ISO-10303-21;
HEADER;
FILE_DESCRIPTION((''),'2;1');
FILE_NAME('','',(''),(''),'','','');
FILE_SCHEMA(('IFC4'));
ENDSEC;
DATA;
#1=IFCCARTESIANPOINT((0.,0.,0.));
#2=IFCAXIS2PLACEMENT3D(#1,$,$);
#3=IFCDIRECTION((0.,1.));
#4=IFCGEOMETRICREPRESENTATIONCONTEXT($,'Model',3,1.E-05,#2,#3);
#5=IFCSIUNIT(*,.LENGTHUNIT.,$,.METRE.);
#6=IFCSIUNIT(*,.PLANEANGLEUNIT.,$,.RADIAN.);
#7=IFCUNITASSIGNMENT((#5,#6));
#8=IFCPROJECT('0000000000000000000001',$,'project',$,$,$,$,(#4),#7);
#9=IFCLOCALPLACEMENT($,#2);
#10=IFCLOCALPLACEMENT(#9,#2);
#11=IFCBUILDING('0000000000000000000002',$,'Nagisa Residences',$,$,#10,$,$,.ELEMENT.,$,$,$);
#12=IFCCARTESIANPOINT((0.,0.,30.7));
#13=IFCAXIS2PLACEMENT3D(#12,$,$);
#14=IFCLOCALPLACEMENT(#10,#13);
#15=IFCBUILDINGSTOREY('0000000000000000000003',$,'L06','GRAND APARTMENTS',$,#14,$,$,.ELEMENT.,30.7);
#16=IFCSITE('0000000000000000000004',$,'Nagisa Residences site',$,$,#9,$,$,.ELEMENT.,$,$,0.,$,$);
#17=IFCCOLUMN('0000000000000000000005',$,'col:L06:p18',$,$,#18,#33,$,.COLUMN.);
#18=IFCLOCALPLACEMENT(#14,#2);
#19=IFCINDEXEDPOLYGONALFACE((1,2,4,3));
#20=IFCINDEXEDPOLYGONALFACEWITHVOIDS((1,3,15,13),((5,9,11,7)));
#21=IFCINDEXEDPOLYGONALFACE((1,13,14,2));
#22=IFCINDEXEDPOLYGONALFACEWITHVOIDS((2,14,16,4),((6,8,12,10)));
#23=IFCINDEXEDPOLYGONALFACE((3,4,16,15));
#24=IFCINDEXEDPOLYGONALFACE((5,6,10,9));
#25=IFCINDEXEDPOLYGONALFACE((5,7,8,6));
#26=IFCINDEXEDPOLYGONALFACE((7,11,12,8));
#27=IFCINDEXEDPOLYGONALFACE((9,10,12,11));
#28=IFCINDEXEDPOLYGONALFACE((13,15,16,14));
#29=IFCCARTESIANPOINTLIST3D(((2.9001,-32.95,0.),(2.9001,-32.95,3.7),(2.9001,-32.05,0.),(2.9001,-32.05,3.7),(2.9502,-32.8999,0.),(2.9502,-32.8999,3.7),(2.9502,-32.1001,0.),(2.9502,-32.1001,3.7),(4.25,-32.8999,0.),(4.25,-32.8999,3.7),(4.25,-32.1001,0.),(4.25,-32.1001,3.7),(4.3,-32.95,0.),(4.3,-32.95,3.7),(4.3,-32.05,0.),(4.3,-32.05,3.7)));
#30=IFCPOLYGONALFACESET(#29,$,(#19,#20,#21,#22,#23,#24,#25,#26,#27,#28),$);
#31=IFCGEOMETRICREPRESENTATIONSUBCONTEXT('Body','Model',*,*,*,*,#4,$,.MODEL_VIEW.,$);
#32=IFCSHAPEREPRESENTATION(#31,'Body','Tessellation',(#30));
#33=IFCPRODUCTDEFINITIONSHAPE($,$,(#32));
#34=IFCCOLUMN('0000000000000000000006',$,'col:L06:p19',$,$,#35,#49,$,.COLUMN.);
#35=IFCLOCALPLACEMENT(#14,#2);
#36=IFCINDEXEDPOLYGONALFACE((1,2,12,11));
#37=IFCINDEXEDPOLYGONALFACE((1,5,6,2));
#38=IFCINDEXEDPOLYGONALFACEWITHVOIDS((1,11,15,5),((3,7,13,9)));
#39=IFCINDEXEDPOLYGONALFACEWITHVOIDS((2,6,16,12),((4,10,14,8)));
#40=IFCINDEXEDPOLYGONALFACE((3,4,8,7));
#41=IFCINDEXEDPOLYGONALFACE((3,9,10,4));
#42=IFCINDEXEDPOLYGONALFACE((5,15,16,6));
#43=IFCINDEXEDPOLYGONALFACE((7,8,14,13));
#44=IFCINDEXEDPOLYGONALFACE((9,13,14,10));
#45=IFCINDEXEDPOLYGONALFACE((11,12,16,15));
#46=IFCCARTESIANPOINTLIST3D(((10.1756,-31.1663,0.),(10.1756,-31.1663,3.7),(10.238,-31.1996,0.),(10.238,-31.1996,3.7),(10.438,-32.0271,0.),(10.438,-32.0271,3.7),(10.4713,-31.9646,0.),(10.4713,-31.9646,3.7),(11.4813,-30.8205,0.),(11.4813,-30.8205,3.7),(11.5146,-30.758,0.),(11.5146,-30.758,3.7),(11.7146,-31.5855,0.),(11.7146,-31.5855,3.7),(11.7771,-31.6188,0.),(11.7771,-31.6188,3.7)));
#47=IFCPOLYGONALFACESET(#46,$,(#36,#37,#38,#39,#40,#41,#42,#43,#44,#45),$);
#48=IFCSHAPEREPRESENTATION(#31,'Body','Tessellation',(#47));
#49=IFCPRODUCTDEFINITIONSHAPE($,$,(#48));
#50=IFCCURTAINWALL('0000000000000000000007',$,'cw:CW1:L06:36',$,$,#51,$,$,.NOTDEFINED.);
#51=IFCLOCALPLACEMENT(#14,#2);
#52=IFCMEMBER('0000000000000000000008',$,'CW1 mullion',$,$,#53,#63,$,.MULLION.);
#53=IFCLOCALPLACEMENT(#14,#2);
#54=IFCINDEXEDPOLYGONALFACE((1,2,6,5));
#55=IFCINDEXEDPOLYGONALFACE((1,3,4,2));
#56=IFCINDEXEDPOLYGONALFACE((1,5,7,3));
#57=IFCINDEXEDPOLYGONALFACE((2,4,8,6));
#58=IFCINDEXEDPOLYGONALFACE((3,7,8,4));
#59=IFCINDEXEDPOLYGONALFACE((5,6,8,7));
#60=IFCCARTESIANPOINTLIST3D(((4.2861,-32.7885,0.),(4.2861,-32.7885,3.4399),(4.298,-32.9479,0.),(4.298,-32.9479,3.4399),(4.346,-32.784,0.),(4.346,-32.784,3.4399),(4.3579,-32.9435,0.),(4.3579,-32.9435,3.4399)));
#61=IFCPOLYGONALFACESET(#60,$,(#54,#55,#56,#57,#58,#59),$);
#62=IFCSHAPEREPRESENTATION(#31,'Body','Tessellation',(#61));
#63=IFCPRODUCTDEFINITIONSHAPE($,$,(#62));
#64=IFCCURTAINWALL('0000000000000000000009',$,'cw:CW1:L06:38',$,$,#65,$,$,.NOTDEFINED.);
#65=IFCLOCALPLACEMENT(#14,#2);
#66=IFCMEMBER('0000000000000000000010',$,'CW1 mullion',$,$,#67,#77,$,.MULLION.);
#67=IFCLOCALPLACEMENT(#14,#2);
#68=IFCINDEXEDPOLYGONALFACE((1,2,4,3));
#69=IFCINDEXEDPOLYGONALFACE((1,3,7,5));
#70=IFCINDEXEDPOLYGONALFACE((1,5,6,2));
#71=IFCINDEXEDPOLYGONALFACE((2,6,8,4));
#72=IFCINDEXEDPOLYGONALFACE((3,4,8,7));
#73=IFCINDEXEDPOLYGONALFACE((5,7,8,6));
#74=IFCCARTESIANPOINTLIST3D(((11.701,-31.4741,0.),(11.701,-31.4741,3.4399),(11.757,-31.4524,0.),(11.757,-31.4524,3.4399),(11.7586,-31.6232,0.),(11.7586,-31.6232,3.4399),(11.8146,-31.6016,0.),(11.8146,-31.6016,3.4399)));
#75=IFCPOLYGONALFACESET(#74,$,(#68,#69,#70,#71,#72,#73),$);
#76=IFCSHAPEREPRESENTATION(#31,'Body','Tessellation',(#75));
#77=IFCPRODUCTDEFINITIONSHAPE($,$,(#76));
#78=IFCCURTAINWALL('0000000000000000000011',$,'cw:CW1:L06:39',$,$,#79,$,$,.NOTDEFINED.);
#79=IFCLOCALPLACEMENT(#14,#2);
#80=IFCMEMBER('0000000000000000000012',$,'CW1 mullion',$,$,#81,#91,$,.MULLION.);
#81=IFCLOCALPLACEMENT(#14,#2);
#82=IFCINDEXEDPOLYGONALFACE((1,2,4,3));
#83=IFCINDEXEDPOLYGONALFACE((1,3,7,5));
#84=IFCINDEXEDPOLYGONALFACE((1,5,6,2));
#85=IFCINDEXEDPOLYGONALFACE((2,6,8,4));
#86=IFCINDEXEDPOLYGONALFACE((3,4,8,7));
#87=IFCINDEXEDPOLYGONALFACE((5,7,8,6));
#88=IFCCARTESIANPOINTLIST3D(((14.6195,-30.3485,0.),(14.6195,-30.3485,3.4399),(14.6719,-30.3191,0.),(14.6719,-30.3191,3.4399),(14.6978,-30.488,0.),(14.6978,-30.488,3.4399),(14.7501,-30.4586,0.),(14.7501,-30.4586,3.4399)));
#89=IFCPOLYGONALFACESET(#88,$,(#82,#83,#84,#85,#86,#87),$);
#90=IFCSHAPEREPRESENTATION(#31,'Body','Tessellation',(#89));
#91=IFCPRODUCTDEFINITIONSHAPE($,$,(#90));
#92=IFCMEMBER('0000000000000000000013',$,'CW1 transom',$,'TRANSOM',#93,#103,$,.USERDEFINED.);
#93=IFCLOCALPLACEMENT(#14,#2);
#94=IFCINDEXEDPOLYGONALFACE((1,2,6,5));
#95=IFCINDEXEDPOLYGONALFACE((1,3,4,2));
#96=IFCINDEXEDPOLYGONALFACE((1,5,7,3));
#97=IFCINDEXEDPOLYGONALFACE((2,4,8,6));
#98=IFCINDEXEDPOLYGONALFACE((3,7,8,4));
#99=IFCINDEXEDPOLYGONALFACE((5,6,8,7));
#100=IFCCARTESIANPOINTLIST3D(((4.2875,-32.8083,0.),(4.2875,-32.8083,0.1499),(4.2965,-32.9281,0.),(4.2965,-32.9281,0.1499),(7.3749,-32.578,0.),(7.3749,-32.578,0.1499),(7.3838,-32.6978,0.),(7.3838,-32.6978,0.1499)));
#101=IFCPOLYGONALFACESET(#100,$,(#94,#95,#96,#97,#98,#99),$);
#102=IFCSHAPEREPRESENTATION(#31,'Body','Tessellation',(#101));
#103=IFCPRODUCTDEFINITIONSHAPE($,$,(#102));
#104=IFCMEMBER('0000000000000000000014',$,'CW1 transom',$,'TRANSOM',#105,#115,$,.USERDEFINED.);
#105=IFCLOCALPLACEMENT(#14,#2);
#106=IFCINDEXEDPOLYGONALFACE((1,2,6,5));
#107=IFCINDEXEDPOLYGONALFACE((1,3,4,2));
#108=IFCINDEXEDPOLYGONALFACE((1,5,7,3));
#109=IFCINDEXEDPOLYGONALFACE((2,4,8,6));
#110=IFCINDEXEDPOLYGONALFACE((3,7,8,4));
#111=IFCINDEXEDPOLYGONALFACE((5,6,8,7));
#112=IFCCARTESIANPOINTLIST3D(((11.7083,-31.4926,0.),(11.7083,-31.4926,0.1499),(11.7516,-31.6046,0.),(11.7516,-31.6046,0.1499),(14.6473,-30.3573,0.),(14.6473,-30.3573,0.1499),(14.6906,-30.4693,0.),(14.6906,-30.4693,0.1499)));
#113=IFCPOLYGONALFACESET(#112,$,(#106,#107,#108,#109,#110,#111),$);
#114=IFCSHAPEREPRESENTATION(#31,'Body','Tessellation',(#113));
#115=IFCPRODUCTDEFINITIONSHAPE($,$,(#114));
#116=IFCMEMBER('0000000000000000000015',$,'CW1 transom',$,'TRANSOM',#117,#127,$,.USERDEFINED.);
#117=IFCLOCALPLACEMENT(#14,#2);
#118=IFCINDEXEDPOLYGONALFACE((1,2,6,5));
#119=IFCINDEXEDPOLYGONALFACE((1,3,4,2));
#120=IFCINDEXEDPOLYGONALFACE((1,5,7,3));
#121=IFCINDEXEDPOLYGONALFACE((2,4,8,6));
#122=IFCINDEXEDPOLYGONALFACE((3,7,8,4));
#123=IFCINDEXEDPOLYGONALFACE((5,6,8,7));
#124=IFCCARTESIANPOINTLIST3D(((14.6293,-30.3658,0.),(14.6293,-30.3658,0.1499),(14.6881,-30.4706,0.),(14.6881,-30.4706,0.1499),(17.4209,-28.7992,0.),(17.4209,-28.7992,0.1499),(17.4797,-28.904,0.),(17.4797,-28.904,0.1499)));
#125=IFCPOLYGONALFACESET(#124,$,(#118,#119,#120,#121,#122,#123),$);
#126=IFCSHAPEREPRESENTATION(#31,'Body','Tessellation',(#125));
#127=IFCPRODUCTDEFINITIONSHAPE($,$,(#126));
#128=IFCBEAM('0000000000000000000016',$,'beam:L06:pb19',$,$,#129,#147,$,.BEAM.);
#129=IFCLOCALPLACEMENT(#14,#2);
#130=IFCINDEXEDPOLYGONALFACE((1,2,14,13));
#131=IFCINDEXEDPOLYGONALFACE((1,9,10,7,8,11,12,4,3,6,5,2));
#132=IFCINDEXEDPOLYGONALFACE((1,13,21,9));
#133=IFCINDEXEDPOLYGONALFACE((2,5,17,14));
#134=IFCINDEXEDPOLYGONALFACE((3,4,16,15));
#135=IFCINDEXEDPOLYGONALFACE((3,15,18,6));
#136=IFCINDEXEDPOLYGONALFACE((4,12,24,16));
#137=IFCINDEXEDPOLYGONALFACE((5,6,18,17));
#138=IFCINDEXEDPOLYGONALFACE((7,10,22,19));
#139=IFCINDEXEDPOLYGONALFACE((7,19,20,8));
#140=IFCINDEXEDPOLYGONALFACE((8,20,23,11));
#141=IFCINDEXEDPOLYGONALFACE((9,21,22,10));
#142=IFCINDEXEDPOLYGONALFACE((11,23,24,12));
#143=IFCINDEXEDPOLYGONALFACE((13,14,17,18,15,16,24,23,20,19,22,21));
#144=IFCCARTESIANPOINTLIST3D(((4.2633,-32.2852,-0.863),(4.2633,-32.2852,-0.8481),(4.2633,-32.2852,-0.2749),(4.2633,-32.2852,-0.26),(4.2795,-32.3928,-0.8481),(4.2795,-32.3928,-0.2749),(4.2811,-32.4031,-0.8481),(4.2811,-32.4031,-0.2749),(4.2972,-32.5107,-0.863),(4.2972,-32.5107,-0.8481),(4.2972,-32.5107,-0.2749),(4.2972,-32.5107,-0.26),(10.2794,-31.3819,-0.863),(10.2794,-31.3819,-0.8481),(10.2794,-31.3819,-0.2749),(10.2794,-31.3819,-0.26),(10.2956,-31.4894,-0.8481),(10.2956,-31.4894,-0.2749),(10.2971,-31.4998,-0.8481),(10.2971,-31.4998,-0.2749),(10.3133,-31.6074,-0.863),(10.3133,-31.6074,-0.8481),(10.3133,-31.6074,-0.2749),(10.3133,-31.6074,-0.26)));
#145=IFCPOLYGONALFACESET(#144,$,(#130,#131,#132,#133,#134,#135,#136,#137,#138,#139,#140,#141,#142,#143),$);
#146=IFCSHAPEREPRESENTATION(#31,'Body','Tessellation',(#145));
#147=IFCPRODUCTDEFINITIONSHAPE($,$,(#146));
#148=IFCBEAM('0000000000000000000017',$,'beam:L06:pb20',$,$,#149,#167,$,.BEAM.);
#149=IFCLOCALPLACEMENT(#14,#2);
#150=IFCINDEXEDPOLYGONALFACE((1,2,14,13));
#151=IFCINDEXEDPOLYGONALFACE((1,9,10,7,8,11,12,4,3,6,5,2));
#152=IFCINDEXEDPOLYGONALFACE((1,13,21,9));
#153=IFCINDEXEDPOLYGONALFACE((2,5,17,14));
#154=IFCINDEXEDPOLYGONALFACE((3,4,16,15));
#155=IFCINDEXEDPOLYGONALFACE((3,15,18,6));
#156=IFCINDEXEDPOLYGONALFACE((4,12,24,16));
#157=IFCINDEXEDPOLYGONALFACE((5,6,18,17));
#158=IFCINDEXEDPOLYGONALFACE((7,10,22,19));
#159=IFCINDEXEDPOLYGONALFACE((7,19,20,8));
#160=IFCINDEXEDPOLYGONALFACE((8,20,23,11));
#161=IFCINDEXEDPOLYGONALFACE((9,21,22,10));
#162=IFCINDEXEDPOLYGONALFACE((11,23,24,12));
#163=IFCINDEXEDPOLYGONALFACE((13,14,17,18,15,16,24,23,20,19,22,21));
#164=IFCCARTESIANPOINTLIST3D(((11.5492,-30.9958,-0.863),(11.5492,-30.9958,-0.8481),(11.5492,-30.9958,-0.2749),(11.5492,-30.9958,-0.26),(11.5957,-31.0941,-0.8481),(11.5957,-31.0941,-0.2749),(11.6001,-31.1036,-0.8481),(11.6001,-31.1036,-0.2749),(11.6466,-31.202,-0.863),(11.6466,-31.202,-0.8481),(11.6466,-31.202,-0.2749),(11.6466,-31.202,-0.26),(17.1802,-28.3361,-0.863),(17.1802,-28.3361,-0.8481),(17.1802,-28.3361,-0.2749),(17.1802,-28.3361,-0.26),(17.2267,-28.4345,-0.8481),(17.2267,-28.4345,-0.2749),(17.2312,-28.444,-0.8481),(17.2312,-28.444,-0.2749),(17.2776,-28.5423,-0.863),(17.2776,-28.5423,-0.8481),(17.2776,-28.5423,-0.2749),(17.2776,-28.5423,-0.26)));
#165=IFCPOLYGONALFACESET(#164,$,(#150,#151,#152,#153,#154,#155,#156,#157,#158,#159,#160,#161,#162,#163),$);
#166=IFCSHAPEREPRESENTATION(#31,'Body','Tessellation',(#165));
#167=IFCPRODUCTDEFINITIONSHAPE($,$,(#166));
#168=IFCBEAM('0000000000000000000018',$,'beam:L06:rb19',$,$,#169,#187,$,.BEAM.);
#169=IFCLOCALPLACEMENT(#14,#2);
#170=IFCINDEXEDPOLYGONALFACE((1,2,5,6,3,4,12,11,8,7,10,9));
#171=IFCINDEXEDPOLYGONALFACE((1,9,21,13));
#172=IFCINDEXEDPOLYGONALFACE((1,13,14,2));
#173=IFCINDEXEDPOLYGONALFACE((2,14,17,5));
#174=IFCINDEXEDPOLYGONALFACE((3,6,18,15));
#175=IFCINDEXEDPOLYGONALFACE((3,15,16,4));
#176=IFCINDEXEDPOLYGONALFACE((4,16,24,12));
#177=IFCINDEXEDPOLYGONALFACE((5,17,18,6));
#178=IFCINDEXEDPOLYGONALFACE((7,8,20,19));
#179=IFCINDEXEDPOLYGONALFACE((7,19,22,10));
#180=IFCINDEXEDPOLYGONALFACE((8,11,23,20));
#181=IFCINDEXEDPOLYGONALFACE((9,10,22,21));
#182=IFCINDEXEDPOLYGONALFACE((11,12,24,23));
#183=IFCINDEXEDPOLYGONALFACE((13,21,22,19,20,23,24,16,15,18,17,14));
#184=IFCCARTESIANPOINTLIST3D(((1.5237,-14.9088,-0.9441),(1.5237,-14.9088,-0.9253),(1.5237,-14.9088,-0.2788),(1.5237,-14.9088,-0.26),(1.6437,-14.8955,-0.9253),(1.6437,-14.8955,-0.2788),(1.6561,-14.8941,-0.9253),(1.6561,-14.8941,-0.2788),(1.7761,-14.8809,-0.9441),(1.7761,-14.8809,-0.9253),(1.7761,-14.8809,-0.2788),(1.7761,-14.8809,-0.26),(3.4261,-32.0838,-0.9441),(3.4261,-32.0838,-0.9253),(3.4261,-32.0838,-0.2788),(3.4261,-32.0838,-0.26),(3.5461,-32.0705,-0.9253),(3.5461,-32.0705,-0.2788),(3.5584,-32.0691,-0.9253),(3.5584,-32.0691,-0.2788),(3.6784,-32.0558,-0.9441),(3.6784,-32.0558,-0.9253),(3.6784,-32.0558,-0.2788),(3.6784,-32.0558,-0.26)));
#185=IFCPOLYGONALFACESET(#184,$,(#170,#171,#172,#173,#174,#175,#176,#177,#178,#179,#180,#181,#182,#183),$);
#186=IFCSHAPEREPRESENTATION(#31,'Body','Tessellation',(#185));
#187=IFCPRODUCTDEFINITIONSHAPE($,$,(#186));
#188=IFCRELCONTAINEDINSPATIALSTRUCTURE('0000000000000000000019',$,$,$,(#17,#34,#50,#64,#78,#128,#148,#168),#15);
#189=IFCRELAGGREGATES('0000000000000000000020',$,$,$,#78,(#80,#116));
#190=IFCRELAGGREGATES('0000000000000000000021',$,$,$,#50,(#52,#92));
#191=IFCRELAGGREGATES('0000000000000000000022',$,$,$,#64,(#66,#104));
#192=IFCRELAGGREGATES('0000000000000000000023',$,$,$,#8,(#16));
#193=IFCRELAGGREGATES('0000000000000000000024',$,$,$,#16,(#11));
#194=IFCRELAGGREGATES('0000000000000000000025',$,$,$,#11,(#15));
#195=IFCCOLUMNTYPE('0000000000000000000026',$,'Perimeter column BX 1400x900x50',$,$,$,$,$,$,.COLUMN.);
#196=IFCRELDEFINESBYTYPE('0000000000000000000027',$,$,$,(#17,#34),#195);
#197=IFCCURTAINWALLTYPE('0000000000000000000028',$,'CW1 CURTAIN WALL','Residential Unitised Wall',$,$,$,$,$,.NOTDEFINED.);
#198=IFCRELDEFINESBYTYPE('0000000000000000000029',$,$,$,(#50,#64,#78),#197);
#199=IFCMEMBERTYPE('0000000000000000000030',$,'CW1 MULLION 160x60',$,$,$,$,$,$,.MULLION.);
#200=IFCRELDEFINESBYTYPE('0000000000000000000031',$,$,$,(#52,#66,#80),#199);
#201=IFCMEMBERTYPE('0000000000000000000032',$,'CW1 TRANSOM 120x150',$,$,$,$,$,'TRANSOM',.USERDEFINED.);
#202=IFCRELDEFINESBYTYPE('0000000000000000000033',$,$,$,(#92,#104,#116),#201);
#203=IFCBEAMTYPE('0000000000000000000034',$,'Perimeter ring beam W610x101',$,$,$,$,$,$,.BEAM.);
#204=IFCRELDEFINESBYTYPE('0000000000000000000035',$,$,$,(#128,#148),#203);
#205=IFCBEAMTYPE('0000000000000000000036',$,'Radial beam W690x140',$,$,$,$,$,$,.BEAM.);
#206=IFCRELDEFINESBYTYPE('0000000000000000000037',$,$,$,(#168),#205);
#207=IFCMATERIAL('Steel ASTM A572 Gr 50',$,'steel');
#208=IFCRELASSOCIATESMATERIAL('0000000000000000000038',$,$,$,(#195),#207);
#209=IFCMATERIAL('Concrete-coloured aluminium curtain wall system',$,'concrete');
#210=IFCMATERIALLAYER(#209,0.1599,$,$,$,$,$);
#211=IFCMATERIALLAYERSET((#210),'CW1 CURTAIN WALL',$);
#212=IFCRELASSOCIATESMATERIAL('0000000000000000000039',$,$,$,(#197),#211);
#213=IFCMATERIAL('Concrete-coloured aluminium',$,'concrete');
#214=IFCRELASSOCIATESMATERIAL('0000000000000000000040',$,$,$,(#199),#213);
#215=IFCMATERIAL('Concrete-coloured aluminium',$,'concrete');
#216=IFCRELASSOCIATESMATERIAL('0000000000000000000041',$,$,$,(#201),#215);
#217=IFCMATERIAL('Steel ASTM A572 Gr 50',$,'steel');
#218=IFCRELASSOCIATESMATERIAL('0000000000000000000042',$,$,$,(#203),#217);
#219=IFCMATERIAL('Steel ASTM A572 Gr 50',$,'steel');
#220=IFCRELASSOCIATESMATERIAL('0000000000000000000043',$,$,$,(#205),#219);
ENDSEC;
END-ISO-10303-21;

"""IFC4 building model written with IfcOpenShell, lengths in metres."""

from ifc_helpers import new_model, si_unit, direction, frame, origin, origin_2d, place, context, subcontext, project, spatial, rectangle, hollow_rectangle, i_section, extrude, material, layer, layer_set, material_profile, profile_set, type_object, element, aggregate, save


model = new_model("IFC4")

# Units and contexts
model_context = context("Model", 3, precision=1e-05, world=origin(), true_north=direction((0.0, 1.0)))
body_context = subcontext(model_context, "Body", "Model", "MODEL_VIEW")
ifc_project = project(units=[si_unit("LENGTHUNIT", "METRE"), si_unit("PLANEANGLEUNIT", "RADIAN")], contexts=[model_context])

# Site, building, storey
site_placement = place(None, origin())
site = spatial("IfcSite", under=ifc_project, at=site_placement, Name="Nagisa Residences site", CompositionType="ELEMENT", RefElevation=0.0)
building_placement = place(site_placement, origin())
building = spatial("IfcBuilding", under=site, at=building_placement, Name="Nagisa Residences", CompositionType="ELEMENT")
storey_placement = place(building_placement, frame((0.0, 0.0, 30.7)))
storey = spatial("IfcBuildingStorey", under=building, at=storey_placement, Name="L06", Description="GRAND APARTMENTS", CompositionType="ELEMENT", Elevation=30.7)

# Columns
ifc_material_1 = material(Name="Steel ASTM A572 Gr 50", Category="steel")
ifc_material_profile_1 = material_profile(ifc_material_1, hollow_rectangle(XDim=1.3999, YDim=0.8999, WallThickness=0.05, at=origin_2d()), Name="BX 1400x900x50")
ifc_profile_set_1 = profile_set([ifc_material_profile_1], Name="Steel ASTM A572 Gr 50")
column_type = type_object("IfcColumnType", Name="Perimeter column BX 1400x900x50", PredefinedType="COLUMN", material=ifc_profile_set_1)
for number, where, z_axis, x_axis, name in (
    (1, (3.6001, -32.5, 0.0), (0.0, 0.0, 1.0), (1.0, 0.0, 0.0), "col:L06:p18"),
    (2, (10.9763, -31.3926, 0.0), (0.0, 0.0, 1.0), (0.956525, 0.291652, 0.0), "col:L06:p19"),
):
    element("IfcColumn", number, at=place(storey_placement, frame(where, z_axis=z_axis, x_axis=x_axis)), inside=storey, type_object=column_type, Name=name, PredefinedType="COLUMN", context=body_context, shape_type="SweptSolid", body=[
        extrude(hollow_rectangle(XDim=1.3999, YDim=0.8999, WallThickness=0.05, at=origin_2d()), origin(), (0.0, 0.0, 1.0), 3.7),
    ])

# Curtain walls, members
ifc_material_2 = material(Name="Concrete-coloured aluminium curtain wall system", Category="concrete")
ifc_layer_1 = layer(ifc_material_2, 0.1599)
ifc_layer_set_1 = layer_set([ifc_layer_1], Name="CW1 CURTAIN WALL")
curtain_wall_type = type_object("IfcCurtainWallType", Name="CW1 CURTAIN WALL", Description="Residential Unitised Wall", PredefinedType="NOTDEFINED", material=ifc_layer_set_1)
curtain_wall_1_placement = place(storey_placement, origin())
curtain_wall_1 = element("IfcCurtainWall", 3, at=curtain_wall_1_placement, inside=storey, type_object=curtain_wall_type, Name="cw:CW1:L06:36", PredefinedType="NOTDEFINED")
ifc_material_3 = material(Name="Concrete-coloured aluminium", Category="concrete")
ifc_material_profile_2 = material_profile(ifc_material_3, rectangle(XDim=0.1599, YDim=0.0601, at=origin_2d()), Name="CW1 MULLION 160x60")
ifc_profile_set_2 = profile_set([ifc_material_profile_2], Name="Concrete-coloured aluminium")
member_type_1 = type_object("IfcMemberType", Name="CW1 MULLION 160x60", PredefinedType="MULLION", material=ifc_profile_set_2)
member_1_placement = place(storey_placement, frame((4.322, -32.866, 0.0), z_axis=(0.0, 0.0, 1.0), x_axis=(-0.074377, 0.99723, 0.0)))
member_1 = element("IfcMember", 4, at=member_1_placement, type_object=member_type_1, Name="CW1 mullion", PredefinedType="MULLION", context=body_context, shape_type="SweptSolid", body=[
    extrude(rectangle(XDim=0.1599, YDim=0.0601, at=origin_2d()), origin(), (0.0, 0.0, 1.0), 3.4399),
])
curtain_wall_2_placement = place(storey_placement, origin())
curtain_wall_2 = element("IfcCurtainWall", 5, at=curtain_wall_2_placement, inside=storey, type_object=curtain_wall_type, Name="cw:CW1:L06:38", PredefinedType="NOTDEFINED")
member_2_placement = place(storey_placement, frame((11.7578, -31.5378, 0.0), z_axis=(0.0, 0.0, 1.0), x_axis=(-0.360328, 0.932826, 0.0)))
member_2 = element("IfcMember", 6, at=member_2_placement, type_object=member_type_1, Name="CW1 mullion", PredefinedType="MULLION", context=body_context, shape_type="SweptSolid", body=[
    extrude(rectangle(XDim=0.1599, YDim=0.0601, at=origin_2d()), origin(), (0.0, 0.0, 1.0), 3.4399),
])
curtain_wall_3_placement = place(storey_placement, origin())
curtain_wall_3 = element("IfcCurtainWall", 7, at=curtain_wall_3_placement, inside=storey, type_object=curtain_wall_type, Name="cw:CW1:L06:39", PredefinedType="NOTDEFINED")
member_3_placement = place(storey_placement, frame((14.6848, -30.4036, 0.0), z_axis=(0.0, 0.0, 1.0), x_axis=(-0.489377, 0.872072, 0.0)))
member_3 = element("IfcMember", 8, at=member_3_placement, type_object=member_type_1, Name="CW1 mullion", PredefinedType="MULLION", context=body_context, shape_type="SweptSolid", body=[
    extrude(rectangle(XDim=0.1599, YDim=0.0601, at=origin_2d()), origin(), (0.0, 0.0, 1.0), 3.4399),
])

# Members
ifc_material_4 = material(Name="Concrete-coloured aluminium", Category="concrete")
ifc_material_profile_3 = material_profile(ifc_material_4, rectangle(XDim=0.1201, YDim=0.1499, at=origin_2d()), Name="CW1 TRANSOM 120x150")
ifc_profile_set_3 = profile_set([ifc_material_profile_3], Name="Concrete-coloured aluminium")
member_type_2 = type_object("IfcMemberType", Name="CW1 TRANSOM 120x150", ElementType="TRANSOM", PredefinedType="USERDEFINED", material=ifc_profile_set_3)
member_4_placement = place(storey_placement, frame((4.292, -32.8682, 0.075), z_axis=(0.997231, 0.074363, 0.0), x_axis=(-0.074363, 0.997231, 0.0)))
member_4 = element("IfcMember", 9, at=member_4_placement, type_object=member_type_2, Name="CW1 transom", ObjectType="TRANSOM", PredefinedType="USERDEFINED", context=body_context, shape_type="SweptSolid", body=[
    extrude(rectangle(XDim=0.1201, YDim=0.1499, at=origin_2d()), origin(), (0.0, 0.0, 1.0), 3.0959),
])
member_5_placement = place(storey_placement, frame((11.73, -31.5486, 0.075), z_axis=(0.932825, 0.360329, 0.0), x_axis=(-0.360329, 0.932825, 0.0)))
member_5 = element("IfcMember", 10, at=member_5_placement, type_object=member_type_2, Name="CW1 transom", ObjectType="TRANSOM", PredefinedType="USERDEFINED", context=body_context, shape_type="SweptSolid", body=[
    extrude(rectangle(XDim=0.1201, YDim=0.1499, at=origin_2d()), origin(), (0.0, 0.0, 1.0), 3.1506),
])
member_6_placement = place(storey_placement, frame((14.6587, -30.4182, 0.075), z_axis=(0.87207, 0.489381, 0.0), x_axis=(-0.489381, 0.87207, 0.0)))
member_6 = element("IfcMember", 11, at=member_6_placement, type_object=member_type_2, Name="CW1 transom", ObjectType="TRANSOM", PredefinedType="USERDEFINED", context=body_context, shape_type="SweptSolid", body=[
    extrude(rectangle(XDim=0.1201, YDim=0.1499, at=origin_2d()), origin(), (0.0, 0.0, 1.0), 3.2012),
])
aggregate(curtain_wall_3, [member_3, member_6])

# Beams
ifc_material_5 = material(Name="Steel ASTM A572 Gr 50", Category="steel")
ifc_material_profile_4 = material_profile(ifc_material_5, i_section(OverallWidth=0.228, OverallDepth=0.603, WebThickness=0.0105, FlangeThickness=0.0149, at=origin_2d()), Name="W610x101")
ifc_profile_set_4 = profile_set([ifc_material_profile_4], Name="Steel ASTM A572 Gr 50")
beam_type_1 = type_object("IfcBeamType", Name="Perimeter ring beam W610x101", PredefinedType="BEAM", material=ifc_profile_set_4)
beam_1_placement = place(storey_placement, frame((4.2803, -32.3979, -0.5615), z_axis=(0.988915, 0.148486, 0.0), x_axis=(-0.148486, 0.988915, 0.0)))
element("IfcBeam", 12, at=beam_1_placement, inside=storey, type_object=beam_type_1, Name="beam:L06:pb19", PredefinedType="BEAM", context=body_context, shape_type="SweptSolid", body=[
    extrude(i_section(OverallWidth=0.228, OverallDepth=0.603, WebThickness=0.0105, FlangeThickness=0.0149, at=origin_2d()), origin(), (0.0, 0.0, 1.0), 6.0835),
])
beam_2_placement = place(storey_placement, frame((11.5979, -31.0989, -0.5615), z_axis=(0.904215, 0.427077, 0.0), x_axis=(-0.427077, 0.904215, 0.0)))
element("IfcBeam", 13, at=beam_2_placement, inside=storey, type_object=beam_type_1, Name="beam:L06:pb20", PredefinedType="BEAM", context=body_context, shape_type="SweptSolid", body=[
    extrude(i_section(OverallWidth=0.228, OverallDepth=0.603, WebThickness=0.0105, FlangeThickness=0.0149, at=origin_2d()), origin(), (0.0, 0.0, 1.0), 6.2275),
])
ifc_material_6 = material(Name="Steel ASTM A572 Gr 50", Category="steel")
ifc_material_profile_5 = material_profile(ifc_material_6, i_section(OverallWidth=0.2539, OverallDepth=0.6841, WebThickness=0.0125, FlangeThickness=0.0188, at=origin_2d()), Name="W690x140")
ifc_profile_set_5 = profile_set([ifc_material_profile_5], Name="Steel ASTM A572 Gr 50")
beam_type_2 = type_object("IfcBeamType", Name="Radial beam W690x140", PredefinedType="BEAM", material=ifc_profile_set_5)
beam_3_placement = place(storey_placement, frame((3.5522, -32.0698, -0.6021), z_axis=(-0.110089, 0.993922, 0.0), x_axis=(-0.993922, -0.110089, 0.0)))
element("IfcBeam", 14, at=beam_3_placement, inside=storey, type_object=beam_type_2, Name="beam:L06:rb19", PredefinedType="BEAM", context=body_context, shape_type="SweptSolid", body=[
    extrude(i_section(OverallWidth=0.2539, OverallDepth=0.6841, WebThickness=0.0125, FlangeThickness=0.0188, at=origin_2d()), origin(), (0.0, 0.0, 1.0), 17.28),
])

aggregate(curtain_wall_1, [member_1, member_4])
aggregate(curtain_wall_2, [member_2, member_5])

save(model, "model.ifc")
